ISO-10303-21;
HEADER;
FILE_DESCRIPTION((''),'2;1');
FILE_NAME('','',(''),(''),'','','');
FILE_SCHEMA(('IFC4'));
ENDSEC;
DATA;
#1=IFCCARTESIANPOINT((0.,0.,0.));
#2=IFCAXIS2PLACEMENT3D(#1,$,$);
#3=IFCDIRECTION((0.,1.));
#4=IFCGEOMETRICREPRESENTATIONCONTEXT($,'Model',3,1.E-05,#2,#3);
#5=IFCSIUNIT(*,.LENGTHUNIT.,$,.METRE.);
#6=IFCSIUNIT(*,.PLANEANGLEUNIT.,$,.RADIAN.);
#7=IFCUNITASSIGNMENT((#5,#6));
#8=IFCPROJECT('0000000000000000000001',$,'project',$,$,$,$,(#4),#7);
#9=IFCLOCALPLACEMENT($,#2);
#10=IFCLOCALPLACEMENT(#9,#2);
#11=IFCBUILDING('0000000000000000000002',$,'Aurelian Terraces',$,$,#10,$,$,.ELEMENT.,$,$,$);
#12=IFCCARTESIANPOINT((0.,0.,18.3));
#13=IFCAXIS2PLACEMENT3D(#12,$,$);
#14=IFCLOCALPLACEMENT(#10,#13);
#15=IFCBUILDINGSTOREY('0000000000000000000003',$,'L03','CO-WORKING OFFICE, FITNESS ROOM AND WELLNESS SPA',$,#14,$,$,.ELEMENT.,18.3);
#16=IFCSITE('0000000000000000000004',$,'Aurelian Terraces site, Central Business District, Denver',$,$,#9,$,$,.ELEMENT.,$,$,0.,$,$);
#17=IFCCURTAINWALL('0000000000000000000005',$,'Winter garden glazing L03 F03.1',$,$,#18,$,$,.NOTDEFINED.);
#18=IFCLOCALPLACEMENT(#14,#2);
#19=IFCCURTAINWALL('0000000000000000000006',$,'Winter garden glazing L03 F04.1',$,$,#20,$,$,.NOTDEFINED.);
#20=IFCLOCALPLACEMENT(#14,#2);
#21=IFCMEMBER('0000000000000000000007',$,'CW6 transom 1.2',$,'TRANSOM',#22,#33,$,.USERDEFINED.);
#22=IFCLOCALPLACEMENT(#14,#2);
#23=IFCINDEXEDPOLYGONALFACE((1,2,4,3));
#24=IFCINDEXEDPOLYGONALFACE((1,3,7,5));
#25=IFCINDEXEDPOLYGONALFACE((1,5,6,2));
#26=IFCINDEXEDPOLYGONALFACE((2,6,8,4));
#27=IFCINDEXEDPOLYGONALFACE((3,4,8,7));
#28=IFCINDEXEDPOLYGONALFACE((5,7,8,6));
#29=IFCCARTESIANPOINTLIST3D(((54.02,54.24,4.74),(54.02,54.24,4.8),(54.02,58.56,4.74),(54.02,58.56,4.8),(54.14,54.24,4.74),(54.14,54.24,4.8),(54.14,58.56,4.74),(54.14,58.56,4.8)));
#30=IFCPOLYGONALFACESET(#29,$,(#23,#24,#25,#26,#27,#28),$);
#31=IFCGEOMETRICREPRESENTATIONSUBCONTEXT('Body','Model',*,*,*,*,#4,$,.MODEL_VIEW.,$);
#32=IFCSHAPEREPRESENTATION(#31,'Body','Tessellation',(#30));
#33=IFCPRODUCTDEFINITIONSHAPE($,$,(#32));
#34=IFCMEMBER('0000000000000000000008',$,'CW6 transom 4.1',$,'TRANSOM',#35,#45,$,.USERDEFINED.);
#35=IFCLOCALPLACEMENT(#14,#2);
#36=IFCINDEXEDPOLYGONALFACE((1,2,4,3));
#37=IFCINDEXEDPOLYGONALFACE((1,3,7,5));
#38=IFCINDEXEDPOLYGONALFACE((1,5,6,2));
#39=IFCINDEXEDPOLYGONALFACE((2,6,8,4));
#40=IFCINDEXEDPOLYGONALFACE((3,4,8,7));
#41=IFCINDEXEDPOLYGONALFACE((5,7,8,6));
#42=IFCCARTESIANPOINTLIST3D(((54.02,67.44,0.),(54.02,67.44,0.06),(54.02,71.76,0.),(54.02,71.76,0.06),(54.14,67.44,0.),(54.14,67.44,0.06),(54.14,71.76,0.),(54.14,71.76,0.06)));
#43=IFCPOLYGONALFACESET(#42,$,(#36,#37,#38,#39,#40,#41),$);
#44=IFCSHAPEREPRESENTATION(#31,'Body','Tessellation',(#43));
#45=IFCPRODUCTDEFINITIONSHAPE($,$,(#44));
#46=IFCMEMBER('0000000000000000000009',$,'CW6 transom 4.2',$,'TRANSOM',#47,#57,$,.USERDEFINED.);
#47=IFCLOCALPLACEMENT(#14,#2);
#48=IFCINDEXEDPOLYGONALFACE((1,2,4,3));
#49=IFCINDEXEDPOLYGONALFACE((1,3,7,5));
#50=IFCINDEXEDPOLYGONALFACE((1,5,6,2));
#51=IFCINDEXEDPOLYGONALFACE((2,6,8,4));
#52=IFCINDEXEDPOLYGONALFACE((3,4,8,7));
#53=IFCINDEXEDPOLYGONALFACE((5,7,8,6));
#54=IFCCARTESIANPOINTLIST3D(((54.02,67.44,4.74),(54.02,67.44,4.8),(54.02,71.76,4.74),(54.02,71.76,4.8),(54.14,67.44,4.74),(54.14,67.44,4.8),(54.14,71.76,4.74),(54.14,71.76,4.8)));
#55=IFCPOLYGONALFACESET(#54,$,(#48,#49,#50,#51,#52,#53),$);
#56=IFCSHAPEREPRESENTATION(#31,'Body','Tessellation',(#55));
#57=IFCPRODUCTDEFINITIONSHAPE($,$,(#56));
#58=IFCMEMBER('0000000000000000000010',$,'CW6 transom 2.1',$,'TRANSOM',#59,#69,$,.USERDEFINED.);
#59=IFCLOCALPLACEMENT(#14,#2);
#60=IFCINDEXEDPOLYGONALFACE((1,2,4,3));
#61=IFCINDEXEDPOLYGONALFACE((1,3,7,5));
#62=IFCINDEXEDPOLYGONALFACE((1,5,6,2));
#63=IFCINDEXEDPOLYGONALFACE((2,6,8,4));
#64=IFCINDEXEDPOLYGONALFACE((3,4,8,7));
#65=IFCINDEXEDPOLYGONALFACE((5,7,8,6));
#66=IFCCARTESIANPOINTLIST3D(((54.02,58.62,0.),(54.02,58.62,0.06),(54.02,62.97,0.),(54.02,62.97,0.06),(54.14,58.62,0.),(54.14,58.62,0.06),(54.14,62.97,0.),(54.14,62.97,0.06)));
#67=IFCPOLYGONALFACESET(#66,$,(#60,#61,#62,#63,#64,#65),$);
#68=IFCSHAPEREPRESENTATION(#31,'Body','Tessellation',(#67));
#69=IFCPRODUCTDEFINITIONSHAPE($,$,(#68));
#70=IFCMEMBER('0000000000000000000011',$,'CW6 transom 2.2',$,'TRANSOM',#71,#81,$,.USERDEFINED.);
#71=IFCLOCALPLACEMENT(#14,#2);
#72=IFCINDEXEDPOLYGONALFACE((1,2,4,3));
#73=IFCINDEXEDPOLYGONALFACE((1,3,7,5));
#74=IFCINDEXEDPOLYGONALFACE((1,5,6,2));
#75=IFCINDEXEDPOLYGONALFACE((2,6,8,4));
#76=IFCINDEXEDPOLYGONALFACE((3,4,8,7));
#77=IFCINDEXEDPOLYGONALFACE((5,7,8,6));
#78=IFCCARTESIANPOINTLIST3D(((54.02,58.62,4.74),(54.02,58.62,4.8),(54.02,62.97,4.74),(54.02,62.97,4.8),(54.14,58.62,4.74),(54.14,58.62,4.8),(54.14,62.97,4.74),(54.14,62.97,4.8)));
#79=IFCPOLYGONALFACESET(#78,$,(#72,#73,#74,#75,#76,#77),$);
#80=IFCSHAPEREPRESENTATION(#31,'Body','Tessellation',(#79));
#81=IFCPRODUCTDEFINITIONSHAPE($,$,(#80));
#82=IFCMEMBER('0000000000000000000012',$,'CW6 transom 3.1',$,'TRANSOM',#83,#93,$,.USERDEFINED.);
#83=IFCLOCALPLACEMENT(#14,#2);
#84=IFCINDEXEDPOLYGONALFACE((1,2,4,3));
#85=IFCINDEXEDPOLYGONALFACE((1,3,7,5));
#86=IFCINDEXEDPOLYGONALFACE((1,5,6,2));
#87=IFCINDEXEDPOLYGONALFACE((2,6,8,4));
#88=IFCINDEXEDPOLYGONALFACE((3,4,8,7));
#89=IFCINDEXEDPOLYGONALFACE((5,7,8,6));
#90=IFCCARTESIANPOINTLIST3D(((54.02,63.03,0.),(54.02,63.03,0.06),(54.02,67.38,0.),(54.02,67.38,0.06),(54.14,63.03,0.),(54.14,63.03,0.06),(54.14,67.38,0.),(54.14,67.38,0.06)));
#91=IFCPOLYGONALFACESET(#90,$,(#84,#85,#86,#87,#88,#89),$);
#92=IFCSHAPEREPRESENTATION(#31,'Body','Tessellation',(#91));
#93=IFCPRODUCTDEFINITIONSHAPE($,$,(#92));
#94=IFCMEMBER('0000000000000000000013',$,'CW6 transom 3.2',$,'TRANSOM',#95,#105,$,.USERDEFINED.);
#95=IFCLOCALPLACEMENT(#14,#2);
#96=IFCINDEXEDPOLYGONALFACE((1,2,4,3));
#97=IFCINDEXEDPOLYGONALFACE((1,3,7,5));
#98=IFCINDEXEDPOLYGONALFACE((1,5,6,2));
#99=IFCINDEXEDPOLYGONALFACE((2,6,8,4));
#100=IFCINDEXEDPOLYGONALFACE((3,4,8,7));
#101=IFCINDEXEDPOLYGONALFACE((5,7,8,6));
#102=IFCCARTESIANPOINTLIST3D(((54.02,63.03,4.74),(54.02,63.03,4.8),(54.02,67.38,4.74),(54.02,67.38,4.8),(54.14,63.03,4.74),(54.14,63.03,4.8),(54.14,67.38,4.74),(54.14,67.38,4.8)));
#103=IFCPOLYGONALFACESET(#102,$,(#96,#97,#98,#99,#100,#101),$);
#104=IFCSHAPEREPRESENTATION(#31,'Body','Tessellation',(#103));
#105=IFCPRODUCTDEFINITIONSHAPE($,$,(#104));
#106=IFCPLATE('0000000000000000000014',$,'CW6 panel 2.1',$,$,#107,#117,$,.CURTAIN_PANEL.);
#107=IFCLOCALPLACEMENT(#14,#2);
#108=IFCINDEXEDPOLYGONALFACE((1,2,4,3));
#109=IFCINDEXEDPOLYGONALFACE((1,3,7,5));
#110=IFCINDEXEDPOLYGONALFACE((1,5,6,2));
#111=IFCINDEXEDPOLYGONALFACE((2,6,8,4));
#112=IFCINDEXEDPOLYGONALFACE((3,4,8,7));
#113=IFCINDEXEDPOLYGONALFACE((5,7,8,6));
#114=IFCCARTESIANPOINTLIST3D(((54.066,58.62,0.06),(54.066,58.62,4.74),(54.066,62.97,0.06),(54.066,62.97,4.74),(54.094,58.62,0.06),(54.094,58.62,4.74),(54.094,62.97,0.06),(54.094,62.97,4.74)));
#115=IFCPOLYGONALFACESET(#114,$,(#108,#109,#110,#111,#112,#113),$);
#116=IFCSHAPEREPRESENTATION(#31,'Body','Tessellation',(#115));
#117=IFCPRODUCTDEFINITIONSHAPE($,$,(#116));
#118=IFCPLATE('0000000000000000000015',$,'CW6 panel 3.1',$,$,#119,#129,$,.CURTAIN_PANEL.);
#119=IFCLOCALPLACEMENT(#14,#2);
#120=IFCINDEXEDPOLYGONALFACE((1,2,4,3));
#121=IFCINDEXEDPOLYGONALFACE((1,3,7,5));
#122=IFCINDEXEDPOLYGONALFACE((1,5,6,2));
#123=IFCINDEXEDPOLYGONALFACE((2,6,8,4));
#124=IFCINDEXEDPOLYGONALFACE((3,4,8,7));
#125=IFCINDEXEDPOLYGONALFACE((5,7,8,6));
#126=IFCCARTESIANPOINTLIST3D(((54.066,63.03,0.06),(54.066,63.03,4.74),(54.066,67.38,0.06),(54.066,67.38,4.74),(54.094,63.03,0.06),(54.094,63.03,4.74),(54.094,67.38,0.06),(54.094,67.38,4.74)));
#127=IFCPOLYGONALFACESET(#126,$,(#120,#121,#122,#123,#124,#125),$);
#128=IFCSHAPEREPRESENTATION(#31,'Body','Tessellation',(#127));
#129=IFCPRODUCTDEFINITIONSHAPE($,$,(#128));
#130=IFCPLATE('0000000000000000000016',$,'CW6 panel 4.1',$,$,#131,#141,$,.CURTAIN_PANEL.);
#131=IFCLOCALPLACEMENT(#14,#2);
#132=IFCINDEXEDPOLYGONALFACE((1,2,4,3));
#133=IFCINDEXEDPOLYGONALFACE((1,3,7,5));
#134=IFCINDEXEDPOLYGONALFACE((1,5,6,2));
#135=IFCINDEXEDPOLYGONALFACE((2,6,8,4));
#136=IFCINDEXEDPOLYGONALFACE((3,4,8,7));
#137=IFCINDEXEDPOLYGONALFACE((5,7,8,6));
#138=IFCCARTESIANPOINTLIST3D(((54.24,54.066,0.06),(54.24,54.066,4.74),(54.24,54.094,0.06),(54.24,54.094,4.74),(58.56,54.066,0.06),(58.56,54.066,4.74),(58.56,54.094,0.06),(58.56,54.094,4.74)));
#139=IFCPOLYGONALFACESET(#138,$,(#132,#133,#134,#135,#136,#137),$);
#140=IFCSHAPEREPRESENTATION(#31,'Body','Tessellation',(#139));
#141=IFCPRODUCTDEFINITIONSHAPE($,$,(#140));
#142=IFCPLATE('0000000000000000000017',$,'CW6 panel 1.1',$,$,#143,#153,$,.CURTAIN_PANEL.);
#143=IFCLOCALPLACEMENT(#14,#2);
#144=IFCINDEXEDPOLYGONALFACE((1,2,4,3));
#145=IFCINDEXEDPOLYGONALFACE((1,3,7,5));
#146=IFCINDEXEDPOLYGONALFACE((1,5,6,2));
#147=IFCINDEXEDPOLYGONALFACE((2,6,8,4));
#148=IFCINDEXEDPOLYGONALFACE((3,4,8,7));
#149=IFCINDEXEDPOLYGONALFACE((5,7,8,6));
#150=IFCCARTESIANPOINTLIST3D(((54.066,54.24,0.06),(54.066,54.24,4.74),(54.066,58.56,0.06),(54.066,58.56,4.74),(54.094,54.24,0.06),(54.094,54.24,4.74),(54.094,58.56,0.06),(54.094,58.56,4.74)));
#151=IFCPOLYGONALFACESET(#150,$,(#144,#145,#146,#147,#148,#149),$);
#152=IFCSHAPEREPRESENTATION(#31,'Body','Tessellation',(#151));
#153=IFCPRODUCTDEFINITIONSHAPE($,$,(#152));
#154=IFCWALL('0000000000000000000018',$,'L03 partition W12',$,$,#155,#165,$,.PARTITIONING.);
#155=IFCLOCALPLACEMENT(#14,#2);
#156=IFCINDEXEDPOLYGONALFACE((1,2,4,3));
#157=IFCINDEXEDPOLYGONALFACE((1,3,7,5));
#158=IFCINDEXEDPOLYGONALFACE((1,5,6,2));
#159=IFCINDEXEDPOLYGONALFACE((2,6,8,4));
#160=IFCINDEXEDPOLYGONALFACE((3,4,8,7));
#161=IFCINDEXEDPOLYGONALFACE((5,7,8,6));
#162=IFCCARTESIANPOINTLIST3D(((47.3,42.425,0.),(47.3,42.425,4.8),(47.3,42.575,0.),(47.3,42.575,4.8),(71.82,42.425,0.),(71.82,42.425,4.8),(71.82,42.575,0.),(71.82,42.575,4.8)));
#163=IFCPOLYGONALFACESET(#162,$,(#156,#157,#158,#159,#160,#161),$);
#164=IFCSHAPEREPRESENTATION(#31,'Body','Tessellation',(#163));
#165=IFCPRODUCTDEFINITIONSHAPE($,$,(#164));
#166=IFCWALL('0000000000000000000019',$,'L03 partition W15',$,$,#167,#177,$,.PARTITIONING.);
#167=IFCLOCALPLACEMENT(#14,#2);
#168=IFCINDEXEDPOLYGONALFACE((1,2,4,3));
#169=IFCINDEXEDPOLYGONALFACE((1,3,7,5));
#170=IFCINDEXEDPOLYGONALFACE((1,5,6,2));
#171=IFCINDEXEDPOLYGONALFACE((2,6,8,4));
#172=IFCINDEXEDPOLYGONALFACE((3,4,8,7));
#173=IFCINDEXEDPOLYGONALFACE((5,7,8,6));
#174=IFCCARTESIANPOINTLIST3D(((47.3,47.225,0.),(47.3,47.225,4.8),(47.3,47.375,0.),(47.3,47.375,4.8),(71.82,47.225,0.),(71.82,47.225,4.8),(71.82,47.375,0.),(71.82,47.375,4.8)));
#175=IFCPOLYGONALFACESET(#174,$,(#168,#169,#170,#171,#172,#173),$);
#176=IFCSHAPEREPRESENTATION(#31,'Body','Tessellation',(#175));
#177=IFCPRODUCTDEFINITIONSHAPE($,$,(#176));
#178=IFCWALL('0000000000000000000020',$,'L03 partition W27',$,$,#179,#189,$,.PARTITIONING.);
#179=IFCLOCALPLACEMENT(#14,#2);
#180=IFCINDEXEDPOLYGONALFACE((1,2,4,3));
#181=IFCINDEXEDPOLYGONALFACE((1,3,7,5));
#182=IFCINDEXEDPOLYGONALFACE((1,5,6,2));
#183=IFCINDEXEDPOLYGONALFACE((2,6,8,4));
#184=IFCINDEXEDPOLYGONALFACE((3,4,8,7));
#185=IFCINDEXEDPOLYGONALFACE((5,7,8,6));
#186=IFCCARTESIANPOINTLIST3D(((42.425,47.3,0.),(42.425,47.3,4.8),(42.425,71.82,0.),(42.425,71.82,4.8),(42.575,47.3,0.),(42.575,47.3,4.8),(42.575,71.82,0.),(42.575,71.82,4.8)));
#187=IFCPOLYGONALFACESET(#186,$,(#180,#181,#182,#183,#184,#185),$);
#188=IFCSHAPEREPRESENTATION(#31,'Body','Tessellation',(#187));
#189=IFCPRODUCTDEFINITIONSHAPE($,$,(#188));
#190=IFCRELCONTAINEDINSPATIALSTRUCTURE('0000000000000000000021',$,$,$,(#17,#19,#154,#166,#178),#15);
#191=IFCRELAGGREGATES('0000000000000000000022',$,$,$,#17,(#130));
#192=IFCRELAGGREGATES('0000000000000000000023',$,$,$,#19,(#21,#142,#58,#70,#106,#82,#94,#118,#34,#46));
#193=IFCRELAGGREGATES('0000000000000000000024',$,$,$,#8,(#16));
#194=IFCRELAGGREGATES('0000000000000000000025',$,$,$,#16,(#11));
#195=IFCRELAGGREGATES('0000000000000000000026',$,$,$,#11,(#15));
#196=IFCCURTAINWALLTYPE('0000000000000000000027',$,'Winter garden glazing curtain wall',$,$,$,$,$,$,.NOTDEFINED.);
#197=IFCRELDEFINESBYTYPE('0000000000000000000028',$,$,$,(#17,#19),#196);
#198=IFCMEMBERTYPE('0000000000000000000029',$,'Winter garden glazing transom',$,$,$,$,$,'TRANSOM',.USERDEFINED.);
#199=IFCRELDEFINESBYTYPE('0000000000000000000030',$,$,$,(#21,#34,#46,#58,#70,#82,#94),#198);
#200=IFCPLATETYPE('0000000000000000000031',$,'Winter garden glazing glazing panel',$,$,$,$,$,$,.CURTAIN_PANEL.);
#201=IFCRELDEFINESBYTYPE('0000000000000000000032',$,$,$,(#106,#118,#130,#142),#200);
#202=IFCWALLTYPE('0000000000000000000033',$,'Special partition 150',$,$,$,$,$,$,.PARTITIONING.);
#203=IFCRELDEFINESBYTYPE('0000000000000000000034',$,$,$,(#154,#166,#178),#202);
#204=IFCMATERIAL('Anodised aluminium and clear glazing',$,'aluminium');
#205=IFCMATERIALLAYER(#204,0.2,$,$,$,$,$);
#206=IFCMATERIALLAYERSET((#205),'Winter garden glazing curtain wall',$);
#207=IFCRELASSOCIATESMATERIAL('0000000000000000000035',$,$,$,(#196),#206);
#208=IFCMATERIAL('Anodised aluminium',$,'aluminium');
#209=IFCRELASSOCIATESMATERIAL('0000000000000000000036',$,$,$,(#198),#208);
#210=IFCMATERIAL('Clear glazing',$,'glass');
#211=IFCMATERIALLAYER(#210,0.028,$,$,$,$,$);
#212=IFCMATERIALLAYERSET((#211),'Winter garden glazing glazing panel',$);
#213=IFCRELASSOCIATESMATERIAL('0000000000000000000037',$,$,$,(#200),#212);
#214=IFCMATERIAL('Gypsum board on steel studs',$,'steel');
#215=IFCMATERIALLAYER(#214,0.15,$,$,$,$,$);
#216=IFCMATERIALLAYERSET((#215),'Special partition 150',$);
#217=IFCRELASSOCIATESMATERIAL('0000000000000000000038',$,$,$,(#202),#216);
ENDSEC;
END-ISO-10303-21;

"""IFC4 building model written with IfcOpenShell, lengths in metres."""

from ifc_helpers import new_model, si_unit, direction, frame, frame_2d, origin, origin_2d, place, context, subcontext, project, spatial, rectangle, extrude, source, transform, mapped, material, layer, layer_set, material_profile, profile_set, type_object, element, aggregate, save


model = new_model("IFC4")

# Units and contexts
model_context = context("Model", 3, precision=1e-05, world=origin(), true_north=direction((0.0, 1.0)))
body_context = subcontext(model_context, "Body", "Model", "MODEL_VIEW")
ifc_project = project(units=[si_unit("LENGTHUNIT", "METRE"), si_unit("PLANEANGLEUNIT", "RADIAN")], contexts=[model_context])

# Site, building, storey
site_placement = place(None, origin())
site = spatial("IfcSite", under=ifc_project, at=site_placement, Name="Aurelian Terraces site, Central Business District, Denver", CompositionType="ELEMENT", RefElevation=0.0)
building_placement = place(site_placement, origin())
building = spatial("IfcBuilding", under=site, at=building_placement, Name="Aurelian Terraces", CompositionType="ELEMENT")
storey_placement = place(building_placement, frame((0.0, 0.0, 18.3)))
storey = spatial("IfcBuildingStorey", under=building, at=storey_placement, Name="L03", Description="CO-WORKING OFFICE, FITNESS ROOM AND WELLNESS SPA", CompositionType="ELEMENT", Elevation=18.3)

# Curtain walls
ifc_material_1 = material(Name="Anodised aluminium and clear glazing", Category="aluminium")
ifc_layer_1 = layer(ifc_material_1, 0.2)
ifc_layer_set_1 = layer_set([ifc_layer_1], Name="Winter garden glazing curtain wall")
curtain_wall_type = type_object("IfcCurtainWallType", Name="Winter garden glazing curtain wall", PredefinedType="NOTDEFINED", material=ifc_layer_set_1)
curtain_wall_1_placement = place(storey_placement, origin())
curtain_wall_1 = element("IfcCurtainWall", 1, at=curtain_wall_1_placement, inside=storey, type_object=curtain_wall_type, Name="Winter garden glazing L03 F03.1", PredefinedType="NOTDEFINED")
ifc_material_2 = material(Name="Anodised aluminium", Category="aluminium")
curtain_wall_2_placement = place(storey_placement, origin())
curtain_wall_2 = element("IfcCurtainWall", 2, at=curtain_wall_2_placement, inside=storey, type_object=curtain_wall_type, Name="Winter garden glazing L03 F04.1", PredefinedType="NOTDEFINED")

# Members
ifc_material_profile_1 = material_profile(ifc_material_2, rectangle(XDim=0.12, YDim=0.06, at=origin_2d()))
ifc_profile_set_1 = profile_set([ifc_material_profile_1], Name="Anodised aluminium")
member_type_1 = type_object("IfcMemberType", Name="Winter garden glazing transom", ElementType="TRANSOM", PredefinedType="USERDEFINED", material=ifc_profile_set_1)
shared_shape_1 = source(origin(), body_context, "Body", "SweptSolid", [
    extrude(rectangle(XDim=0.12, YDim=0.06, at=origin_2d()), origin(), (0.0, 0.0, 1.0), 4.32),
])
member_1_placement = place(storey_placement, frame((54.08, 54.24, 4.77), z_axis=(0.0, 1.0, 0.0), x_axis=(-1.0, 0.0, 0.0)))
member_1 = element("IfcMember", 3, at=member_1_placement, type_object=member_type_1, Name="CW6 transom 1.2", ObjectType="TRANSOM", PredefinedType="USERDEFINED", context=body_context, shape_type="MappedRepresentation", body=[
    mapped(shared_shape_1, transform((0.0, 0.0, 0.0), scale=1.0)),
])
member_2_placement = place(storey_placement, frame((54.08, 67.44, 0.03), z_axis=(0.0, 1.0, 0.0), x_axis=(-1.0, 0.0, 0.0)))
member_2 = element("IfcMember", 4, at=member_2_placement, type_object=member_type_1, Name="CW6 transom 4.1", ObjectType="TRANSOM", PredefinedType="USERDEFINED", context=body_context, shape_type="MappedRepresentation", body=[
    mapped(shared_shape_1, transform((0.0, 0.0, 0.0), scale=1.0)),
])
member_3_placement = place(storey_placement, frame((54.08, 67.44, 4.77), z_axis=(0.0, 1.0, 0.0), x_axis=(-1.0, 0.0, 0.0)))
member_3 = element("IfcMember", 5, at=member_3_placement, type_object=member_type_1, Name="CW6 transom 4.2", ObjectType="TRANSOM", PredefinedType="USERDEFINED", context=body_context, shape_type="MappedRepresentation", body=[
    mapped(shared_shape_1, transform((0.0, 0.0, 0.0), scale=1.0)),
])
shared_shape_2 = source(origin(), body_context, "Body", "SweptSolid", [
    extrude(rectangle(XDim=0.12, YDim=0.06, at=origin_2d()), origin(), (0.0, 0.0, 1.0), 4.35),
])
member_4_placement = place(storey_placement, frame((54.08, 58.62, 0.03), z_axis=(0.0, 1.0, 0.0), x_axis=(-1.0, 0.0, 0.0)))
member_4 = element("IfcMember", 6, at=member_4_placement, type_object=member_type_1, Name="CW6 transom 2.1", ObjectType="TRANSOM", PredefinedType="USERDEFINED", context=body_context, shape_type="MappedRepresentation", body=[
    mapped(shared_shape_2, transform((0.0, 0.0, 0.0), scale=1.0)),
])
member_5_placement = place(storey_placement, frame((54.08, 58.62, 4.77), z_axis=(0.0, 1.0, 0.0), x_axis=(-1.0, 0.0, 0.0)))
member_5 = element("IfcMember", 7, at=member_5_placement, type_object=member_type_1, Name="CW6 transom 2.2", ObjectType="TRANSOM", PredefinedType="USERDEFINED", context=body_context, shape_type="MappedRepresentation", body=[
    mapped(shared_shape_2, transform((0.0, 0.0, 0.0), scale=1.0)),
])
member_6_placement = place(storey_placement, frame((54.08, 63.03, 0.03), z_axis=(0.0, 1.0, 0.0), x_axis=(-1.0, 0.0, 0.0)))
member_6 = element("IfcMember", 8, at=member_6_placement, type_object=member_type_1, Name="CW6 transom 3.1", ObjectType="TRANSOM", PredefinedType="USERDEFINED", context=body_context, shape_type="MappedRepresentation", body=[
    mapped(shared_shape_2, transform((0.0, 0.0, 0.0), scale=1.0)),
])
member_7_placement = place(storey_placement, frame((54.08, 63.03, 4.77), z_axis=(0.0, 1.0, 0.0), x_axis=(-1.0, 0.0, 0.0)))
member_7 = element("IfcMember", 9, at=member_7_placement, type_object=member_type_1, Name="CW6 transom 3.2", ObjectType="TRANSOM", PredefinedType="USERDEFINED", context=body_context, shape_type="MappedRepresentation", body=[
    mapped(shared_shape_2, transform((0.0, 0.0, 0.0), scale=1.0)),
])

# Plates
ifc_material_3 = material(Name="Clear glazing", Category="glass")
ifc_layer_2 = layer(ifc_material_3, 0.028)
ifc_layer_set_2 = layer_set([ifc_layer_2], Name="Winter garden glazing glazing panel")
plate_type = type_object("IfcPlateType", Name="Winter garden glazing glazing panel", PredefinedType="CURTAIN_PANEL", material=ifc_layer_set_2)
shared_shape_3 = source(origin(), body_context, "Body", "SweptSolid", [
    extrude(rectangle(XDim=4.35, YDim=0.028, at=origin_2d()), origin(), (0.0, 0.0, 1.0), 4.68),
])
plate_1_placement = place(storey_placement, frame((54.08, 60.795, 0.06), z_axis=(0.0, 0.0, 1.0), x_axis=(0.0, 1.0, 0.0)))
plate_1 = element("IfcPlate", 10, at=plate_1_placement, type_object=plate_type, Name="CW6 panel 2.1", PredefinedType="CURTAIN_PANEL", context=body_context, shape_type="MappedRepresentation", body=[
    mapped(shared_shape_3, transform((0.0, 0.0, 0.0), scale=1.0)),
])
plate_2_placement = place(storey_placement, frame((54.08, 65.205, 0.06), z_axis=(0.0, 0.0, 1.0), x_axis=(0.0, 1.0, 0.0)))
plate_2 = element("IfcPlate", 11, at=plate_2_placement, type_object=plate_type, Name="CW6 panel 3.1", PredefinedType="CURTAIN_PANEL", context=body_context, shape_type="MappedRepresentation", body=[
    mapped(shared_shape_3, transform((0.0, 0.0, 0.0), scale=1.0)),
])
shared_shape_4 = source(origin(), body_context, "Body", "SweptSolid", [
    extrude(rectangle(XDim=4.32, YDim=0.028, at=origin_2d()), origin(), (0.0, 0.0, 1.0), 4.68),
])
plate_3_placement = place(storey_placement, frame((56.4, 54.08, 0.06), z_axis=(0.0, 0.0, 1.0), x_axis=(-1.0, 0.0, 0.0)))
plate_3 = element("IfcPlate", 12, at=plate_3_placement, type_object=plate_type, Name="CW6 panel 4.1", PredefinedType="CURTAIN_PANEL", context=body_context, shape_type="MappedRepresentation", body=[
    mapped(shared_shape_4, transform((0.0, 0.0, 0.0), scale=1.0)),
])
aggregate(curtain_wall_1, [plate_3])
plate_4_placement = place(storey_placement, frame((54.08, 56.4, 0.06), z_axis=(0.0, 0.0, 1.0), x_axis=(0.0, 1.0, 0.0)))
plate_4 = element("IfcPlate", 13, at=plate_4_placement, type_object=plate_type, Name="CW6 panel 1.1", PredefinedType="CURTAIN_PANEL", context=body_context, shape_type="MappedRepresentation", body=[
    mapped(shared_shape_4, transform((0.0, 0.0, 0.0), scale=1.0)),
])
aggregate(curtain_wall_2, [member_1, plate_4, member_4, member_5, plate_1, member_6, member_7, plate_2, member_2, member_3])

# Walls
ifc_material_4 = material(Name="Gypsum board on steel studs", Category="steel")
ifc_layer_3 = layer(ifc_material_4, 0.15)
ifc_layer_set_3 = layer_set([ifc_layer_3], Name="Special partition 150")
wall_type = type_object("IfcWallType", Name="Special partition 150", PredefinedType="PARTITIONING", material=ifc_layer_set_3)
shared_shape_5 = source(origin(), body_context, "Body", "SweptSolid", [
    extrude(rectangle(XDim=24.52, YDim=0.15, at=frame_2d((12.26, 0.0))), origin(), (0.0, 0.0, 1.0), 4.8),
])
for number, where, z_axis, x_axis, name in (
    (14, (47.3, 42.5, 0.0), (0.0, 0.0, 1.0), (1.0, 0.0, 0.0), "L03 partition W12"),
    (15, (47.3, 47.3, 0.0), (0.0, 0.0, 1.0), (1.0, 0.0, 0.0), "L03 partition W15"),
    (16, (42.5, 47.3, 0.0), (0.0, 0.0, 1.0), (0.0, 1.0, 0.0), "L03 partition W27"),
):
    element("IfcWall", number, at=place(storey_placement, frame(where, z_axis=z_axis, x_axis=x_axis)), inside=storey, type_object=wall_type, Name=name, PredefinedType="PARTITIONING", context=body_context, shape_type="MappedRepresentation", body=[
        mapped(shared_shape_5, transform((0.0, 0.0, 0.0), scale=1.0)),
    ])

save(model, "model.ifc")
